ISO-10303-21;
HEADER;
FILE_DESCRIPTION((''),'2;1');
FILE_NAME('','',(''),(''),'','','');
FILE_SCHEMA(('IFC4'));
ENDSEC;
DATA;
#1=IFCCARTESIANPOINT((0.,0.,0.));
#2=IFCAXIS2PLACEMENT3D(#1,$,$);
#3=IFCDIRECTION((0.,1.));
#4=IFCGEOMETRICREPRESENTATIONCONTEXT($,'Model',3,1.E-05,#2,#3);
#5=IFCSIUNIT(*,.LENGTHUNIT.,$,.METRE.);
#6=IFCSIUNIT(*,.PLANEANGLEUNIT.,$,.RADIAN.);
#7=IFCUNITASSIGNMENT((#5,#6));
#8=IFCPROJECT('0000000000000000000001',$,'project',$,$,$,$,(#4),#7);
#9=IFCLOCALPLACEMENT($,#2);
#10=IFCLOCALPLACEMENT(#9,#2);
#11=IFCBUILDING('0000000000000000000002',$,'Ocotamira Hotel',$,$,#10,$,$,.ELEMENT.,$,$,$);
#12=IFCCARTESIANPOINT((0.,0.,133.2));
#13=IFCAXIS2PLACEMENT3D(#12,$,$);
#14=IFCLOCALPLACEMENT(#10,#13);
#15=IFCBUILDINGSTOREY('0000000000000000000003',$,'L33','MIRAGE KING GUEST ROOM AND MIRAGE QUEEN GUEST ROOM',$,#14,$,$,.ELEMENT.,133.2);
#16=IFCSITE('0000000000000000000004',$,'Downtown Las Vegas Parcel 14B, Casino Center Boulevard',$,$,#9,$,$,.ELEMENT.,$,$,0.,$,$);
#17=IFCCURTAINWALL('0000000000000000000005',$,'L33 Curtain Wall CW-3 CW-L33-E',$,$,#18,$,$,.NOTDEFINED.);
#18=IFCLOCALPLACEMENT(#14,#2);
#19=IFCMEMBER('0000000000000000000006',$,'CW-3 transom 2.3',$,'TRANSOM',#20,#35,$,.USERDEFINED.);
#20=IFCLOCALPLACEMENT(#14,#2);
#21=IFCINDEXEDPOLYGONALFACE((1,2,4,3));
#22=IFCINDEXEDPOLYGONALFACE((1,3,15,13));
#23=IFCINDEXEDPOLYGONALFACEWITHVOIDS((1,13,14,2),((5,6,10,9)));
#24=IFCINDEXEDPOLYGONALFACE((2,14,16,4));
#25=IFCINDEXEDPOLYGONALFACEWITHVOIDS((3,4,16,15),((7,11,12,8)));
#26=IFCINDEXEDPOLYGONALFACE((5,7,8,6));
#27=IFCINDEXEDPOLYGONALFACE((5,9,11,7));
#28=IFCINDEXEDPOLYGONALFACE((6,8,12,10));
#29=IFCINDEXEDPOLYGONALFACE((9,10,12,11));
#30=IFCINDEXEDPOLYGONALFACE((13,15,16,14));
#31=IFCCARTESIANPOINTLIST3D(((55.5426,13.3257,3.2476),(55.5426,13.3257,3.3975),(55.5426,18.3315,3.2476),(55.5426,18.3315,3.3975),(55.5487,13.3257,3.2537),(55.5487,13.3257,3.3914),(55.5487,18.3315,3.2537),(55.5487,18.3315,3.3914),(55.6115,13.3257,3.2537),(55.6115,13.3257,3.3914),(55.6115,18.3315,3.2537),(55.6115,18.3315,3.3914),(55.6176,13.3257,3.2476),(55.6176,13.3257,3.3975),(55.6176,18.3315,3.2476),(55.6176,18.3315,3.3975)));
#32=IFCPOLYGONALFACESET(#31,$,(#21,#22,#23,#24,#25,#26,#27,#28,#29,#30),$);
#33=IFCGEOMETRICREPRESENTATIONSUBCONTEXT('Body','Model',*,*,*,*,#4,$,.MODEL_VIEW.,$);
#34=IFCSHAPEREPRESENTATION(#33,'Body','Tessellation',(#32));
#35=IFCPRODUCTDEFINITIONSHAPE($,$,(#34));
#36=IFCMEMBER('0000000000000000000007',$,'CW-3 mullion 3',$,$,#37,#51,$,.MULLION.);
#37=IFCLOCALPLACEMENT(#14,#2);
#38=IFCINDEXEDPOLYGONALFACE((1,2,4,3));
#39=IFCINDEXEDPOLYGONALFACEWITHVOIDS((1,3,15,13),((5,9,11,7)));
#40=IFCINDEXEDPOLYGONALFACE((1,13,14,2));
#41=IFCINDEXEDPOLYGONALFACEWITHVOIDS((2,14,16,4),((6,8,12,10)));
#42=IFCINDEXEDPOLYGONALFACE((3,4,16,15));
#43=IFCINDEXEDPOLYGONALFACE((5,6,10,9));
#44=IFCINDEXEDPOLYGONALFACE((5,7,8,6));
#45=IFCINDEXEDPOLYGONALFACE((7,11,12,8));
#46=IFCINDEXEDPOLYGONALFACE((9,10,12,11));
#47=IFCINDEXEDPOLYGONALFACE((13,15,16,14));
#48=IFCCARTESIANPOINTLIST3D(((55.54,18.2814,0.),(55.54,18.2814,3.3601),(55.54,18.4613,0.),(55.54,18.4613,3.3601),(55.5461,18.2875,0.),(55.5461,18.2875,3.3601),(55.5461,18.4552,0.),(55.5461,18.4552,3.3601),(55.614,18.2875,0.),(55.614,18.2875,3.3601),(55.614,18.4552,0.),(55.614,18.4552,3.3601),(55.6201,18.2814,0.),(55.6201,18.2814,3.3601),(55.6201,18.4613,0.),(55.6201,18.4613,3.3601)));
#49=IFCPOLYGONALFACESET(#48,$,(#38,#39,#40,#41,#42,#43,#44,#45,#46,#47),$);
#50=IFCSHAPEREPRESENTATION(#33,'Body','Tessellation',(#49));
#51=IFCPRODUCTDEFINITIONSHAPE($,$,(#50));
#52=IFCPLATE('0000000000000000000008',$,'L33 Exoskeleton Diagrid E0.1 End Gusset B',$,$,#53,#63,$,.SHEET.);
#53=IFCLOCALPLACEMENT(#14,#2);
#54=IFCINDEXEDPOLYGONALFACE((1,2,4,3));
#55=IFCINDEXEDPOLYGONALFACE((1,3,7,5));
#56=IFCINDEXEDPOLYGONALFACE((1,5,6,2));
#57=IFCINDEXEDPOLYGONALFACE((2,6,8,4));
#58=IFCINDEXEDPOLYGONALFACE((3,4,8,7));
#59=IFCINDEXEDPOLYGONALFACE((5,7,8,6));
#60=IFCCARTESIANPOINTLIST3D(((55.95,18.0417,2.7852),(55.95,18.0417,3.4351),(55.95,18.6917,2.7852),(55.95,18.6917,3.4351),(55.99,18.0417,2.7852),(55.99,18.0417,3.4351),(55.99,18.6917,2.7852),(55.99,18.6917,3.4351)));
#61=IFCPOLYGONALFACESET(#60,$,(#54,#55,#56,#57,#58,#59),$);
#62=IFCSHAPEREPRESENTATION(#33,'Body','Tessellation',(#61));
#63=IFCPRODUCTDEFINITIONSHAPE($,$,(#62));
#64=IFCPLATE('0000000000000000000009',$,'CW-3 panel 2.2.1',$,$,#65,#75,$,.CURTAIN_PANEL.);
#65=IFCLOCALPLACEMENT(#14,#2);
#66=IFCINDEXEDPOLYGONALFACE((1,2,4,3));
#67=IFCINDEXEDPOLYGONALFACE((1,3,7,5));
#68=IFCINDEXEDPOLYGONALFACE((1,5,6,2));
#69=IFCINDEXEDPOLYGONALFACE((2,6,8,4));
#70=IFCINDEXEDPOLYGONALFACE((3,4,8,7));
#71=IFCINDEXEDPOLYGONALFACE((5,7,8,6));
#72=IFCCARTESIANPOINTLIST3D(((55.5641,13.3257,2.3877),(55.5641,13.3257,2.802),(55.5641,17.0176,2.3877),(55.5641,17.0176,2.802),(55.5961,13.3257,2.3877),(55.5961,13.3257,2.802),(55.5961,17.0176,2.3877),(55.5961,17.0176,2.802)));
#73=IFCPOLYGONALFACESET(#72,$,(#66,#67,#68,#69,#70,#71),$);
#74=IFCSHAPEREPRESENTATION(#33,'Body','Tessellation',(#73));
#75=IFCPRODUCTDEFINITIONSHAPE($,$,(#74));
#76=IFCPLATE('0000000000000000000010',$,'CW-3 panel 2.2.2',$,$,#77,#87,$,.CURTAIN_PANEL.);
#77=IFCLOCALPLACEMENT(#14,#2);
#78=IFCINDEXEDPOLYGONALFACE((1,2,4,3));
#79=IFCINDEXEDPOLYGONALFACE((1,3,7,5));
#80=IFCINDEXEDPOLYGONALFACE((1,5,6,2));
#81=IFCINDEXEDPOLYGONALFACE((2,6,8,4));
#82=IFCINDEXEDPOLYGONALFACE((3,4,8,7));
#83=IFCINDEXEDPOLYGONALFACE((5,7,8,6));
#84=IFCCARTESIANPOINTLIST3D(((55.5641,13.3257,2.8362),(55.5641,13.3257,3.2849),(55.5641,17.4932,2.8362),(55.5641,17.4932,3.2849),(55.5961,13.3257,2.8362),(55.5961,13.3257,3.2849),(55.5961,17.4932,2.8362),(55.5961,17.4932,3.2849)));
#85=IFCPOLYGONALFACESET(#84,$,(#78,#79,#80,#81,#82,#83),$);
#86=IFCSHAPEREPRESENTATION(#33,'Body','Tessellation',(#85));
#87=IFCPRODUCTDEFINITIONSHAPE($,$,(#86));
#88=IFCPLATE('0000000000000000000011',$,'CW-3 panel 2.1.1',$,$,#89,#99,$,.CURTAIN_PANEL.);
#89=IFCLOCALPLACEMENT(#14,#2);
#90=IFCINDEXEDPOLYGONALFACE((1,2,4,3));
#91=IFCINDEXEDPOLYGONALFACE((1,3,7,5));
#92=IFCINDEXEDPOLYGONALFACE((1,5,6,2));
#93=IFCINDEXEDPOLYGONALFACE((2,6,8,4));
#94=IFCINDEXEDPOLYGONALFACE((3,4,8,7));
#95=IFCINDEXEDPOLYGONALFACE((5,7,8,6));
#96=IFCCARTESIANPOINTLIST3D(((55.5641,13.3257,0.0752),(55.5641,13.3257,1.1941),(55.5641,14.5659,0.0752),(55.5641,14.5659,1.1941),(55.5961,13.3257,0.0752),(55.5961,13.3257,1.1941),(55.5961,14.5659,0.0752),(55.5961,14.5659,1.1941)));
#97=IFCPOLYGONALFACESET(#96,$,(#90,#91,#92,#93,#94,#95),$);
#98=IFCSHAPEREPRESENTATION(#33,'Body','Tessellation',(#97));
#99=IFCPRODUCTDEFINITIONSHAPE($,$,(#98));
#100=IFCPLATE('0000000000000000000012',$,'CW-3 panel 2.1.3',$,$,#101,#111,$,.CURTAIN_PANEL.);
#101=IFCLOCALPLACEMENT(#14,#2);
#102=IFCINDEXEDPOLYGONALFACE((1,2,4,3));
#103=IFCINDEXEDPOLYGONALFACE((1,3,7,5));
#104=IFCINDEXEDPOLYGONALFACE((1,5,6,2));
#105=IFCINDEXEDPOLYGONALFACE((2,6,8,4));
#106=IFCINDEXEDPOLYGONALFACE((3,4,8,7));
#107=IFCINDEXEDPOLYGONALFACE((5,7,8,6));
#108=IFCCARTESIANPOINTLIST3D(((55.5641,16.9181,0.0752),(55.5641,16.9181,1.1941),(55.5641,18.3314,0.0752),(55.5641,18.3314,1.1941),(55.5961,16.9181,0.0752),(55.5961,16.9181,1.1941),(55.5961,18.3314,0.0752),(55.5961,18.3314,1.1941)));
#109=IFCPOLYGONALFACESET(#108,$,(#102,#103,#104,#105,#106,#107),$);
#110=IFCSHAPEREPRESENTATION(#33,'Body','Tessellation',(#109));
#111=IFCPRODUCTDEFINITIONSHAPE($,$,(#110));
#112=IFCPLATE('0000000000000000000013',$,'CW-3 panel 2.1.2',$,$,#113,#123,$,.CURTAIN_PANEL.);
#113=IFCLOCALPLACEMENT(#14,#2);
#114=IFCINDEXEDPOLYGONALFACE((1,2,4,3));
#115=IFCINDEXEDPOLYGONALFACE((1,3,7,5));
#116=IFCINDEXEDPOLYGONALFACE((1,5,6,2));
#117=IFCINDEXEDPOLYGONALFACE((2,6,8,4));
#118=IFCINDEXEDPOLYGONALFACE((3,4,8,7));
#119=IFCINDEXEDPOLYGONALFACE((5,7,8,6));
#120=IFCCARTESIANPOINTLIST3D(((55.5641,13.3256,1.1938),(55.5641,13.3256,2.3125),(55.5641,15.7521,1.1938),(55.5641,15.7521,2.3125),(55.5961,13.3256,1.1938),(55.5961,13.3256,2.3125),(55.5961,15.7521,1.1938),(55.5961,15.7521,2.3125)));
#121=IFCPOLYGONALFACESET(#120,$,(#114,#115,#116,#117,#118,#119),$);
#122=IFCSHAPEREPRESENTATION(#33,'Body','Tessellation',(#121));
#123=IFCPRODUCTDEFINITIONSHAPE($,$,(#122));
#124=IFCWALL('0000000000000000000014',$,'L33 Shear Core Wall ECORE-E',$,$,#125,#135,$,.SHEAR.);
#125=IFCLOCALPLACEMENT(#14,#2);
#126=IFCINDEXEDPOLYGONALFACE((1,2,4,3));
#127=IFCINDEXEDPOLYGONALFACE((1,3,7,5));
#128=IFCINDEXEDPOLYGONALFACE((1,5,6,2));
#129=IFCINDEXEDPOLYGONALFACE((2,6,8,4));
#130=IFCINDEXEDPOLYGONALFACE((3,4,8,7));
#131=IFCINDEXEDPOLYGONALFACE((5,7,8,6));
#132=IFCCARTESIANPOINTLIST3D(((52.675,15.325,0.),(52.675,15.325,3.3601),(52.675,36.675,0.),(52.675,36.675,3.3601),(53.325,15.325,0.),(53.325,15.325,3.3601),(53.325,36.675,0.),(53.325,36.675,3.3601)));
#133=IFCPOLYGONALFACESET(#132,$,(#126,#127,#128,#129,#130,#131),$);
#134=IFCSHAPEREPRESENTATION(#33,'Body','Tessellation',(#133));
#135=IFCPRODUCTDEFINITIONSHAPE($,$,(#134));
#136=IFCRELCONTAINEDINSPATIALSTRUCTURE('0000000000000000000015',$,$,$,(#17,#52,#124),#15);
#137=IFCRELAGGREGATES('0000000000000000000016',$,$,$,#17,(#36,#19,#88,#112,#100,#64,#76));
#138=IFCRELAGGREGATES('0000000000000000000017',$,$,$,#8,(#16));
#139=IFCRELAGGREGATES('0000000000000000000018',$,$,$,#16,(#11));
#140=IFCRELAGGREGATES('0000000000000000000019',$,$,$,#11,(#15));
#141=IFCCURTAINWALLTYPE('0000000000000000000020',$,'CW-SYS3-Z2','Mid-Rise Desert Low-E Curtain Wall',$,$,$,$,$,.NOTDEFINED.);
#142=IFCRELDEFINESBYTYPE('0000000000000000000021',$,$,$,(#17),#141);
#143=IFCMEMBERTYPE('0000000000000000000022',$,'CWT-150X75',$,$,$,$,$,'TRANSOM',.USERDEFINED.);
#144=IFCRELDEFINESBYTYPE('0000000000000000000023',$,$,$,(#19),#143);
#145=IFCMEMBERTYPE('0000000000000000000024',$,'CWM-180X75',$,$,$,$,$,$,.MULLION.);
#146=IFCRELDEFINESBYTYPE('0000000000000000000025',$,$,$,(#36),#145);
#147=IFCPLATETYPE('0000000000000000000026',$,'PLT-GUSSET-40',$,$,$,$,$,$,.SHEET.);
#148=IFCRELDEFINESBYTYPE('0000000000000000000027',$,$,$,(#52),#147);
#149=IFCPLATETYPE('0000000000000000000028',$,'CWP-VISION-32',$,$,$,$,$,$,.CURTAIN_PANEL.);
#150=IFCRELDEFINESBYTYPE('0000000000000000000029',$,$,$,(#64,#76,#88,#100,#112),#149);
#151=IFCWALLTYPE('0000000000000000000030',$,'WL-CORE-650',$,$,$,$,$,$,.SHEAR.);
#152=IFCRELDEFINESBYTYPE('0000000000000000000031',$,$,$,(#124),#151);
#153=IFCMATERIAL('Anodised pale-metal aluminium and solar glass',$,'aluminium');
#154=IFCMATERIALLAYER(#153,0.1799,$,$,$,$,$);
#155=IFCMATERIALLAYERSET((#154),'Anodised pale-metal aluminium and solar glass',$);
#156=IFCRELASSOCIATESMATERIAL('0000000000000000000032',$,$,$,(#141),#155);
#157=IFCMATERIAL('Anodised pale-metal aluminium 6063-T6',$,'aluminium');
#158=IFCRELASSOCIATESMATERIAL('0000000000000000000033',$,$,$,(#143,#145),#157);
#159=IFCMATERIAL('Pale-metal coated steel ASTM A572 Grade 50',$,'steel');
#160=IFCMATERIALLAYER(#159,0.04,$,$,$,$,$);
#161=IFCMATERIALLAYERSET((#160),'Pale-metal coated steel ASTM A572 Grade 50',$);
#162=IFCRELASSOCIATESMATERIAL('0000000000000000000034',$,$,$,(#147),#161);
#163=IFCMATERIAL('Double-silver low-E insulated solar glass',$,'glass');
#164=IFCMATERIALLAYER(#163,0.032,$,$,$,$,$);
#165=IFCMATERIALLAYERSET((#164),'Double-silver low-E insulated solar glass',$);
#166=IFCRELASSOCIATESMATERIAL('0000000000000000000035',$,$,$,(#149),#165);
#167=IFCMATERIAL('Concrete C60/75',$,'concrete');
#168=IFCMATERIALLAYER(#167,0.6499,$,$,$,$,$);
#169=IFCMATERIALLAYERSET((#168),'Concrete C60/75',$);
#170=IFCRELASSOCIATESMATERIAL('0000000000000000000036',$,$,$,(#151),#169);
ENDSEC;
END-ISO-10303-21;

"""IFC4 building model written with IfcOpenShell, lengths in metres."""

from ifc_helpers import new_model, si_unit, direction, frame, frame_2d, origin, origin_2d, place, context, subcontext, project, spatial, rectangle, hollow_rectangle, extrude, source, transform, mapped, material, layer, layer_set, material_profile, profile_set, type_object, element, aggregate, save


model = new_model("IFC4")

# Units and contexts
model_context = context("Model", 3, precision=1e-05, world=origin(), true_north=direction((0.0, 1.0)))
body_context = subcontext(model_context, "Body", "Model", "MODEL_VIEW")
ifc_project = project(units=[si_unit("LENGTHUNIT", "METRE"), si_unit("PLANEANGLEUNIT", "RADIAN")], contexts=[model_context])

# Site, building, storey
site_placement = place(None, origin())
site = spatial("IfcSite", under=ifc_project, at=site_placement, Name="Downtown Las Vegas Parcel 14B, Casino Center Boulevard", CompositionType="ELEMENT", RefElevation=0.0)
building_placement = place(site_placement, origin())
building = spatial("IfcBuilding", under=site, at=building_placement, Name="Ocotamira Hotel", CompositionType="ELEMENT")
storey_placement = place(building_placement, frame((0.0, 0.0, 133.2)))
storey = spatial("IfcBuildingStorey", under=building, at=storey_placement, Name="L33", Description="MIRAGE KING GUEST ROOM AND MIRAGE QUEEN GUEST ROOM", CompositionType="ELEMENT", Elevation=133.2)

# Curtain wall, members
ifc_material_1 = material(Name="Anodised pale-metal aluminium and solar glass", Category="aluminium")
ifc_layer_1 = layer(ifc_material_1, 0.1799)
ifc_layer_set_1 = layer_set([ifc_layer_1], Name="Anodised pale-metal aluminium and solar glass")
curtain_wall_type = type_object("IfcCurtainWallType", Name="CW-SYS3-Z2", Description="Mid-Rise Desert Low-E Curtain Wall", PredefinedType="NOTDEFINED", material=ifc_layer_set_1)
curtain_wall_placement = place(storey_placement, origin())
curtain_wall = element("IfcCurtainWall", 1, at=curtain_wall_placement, inside=storey, type_object=curtain_wall_type, Name="L33 Curtain Wall CW-3 CW-L33-E", PredefinedType="NOTDEFINED")
ifc_material_2 = material(Name="Anodised pale-metal aluminium 6063-T6", Category="aluminium")
ifc_material_profile_1 = material_profile(ifc_material_2, hollow_rectangle(XDim=0.075, YDim=0.1499, WallThickness=0.0061, at=origin_2d()), Name="HSS150X75X6")
ifc_profile_set_1 = profile_set([ifc_material_profile_1], Name="Anodised pale-metal aluminium 6063-T6")
member_type_1 = type_object("IfcMemberType", Name="CWT-150X75", ElementType="TRANSOM", PredefinedType="USERDEFINED", material=ifc_profile_set_1)
shared_shape_1 = source(origin(), body_context, "Body", "SweptSolid", [
    extrude(hollow_rectangle(XDim=0.075, YDim=0.1499, WallThickness=0.0061, at=origin_2d()), origin(), (0.0, 0.0, 1.0), 5.0059),
])
member_1_placement = place(storey_placement, frame((55.5801, 13.3257, 3.3225), z_axis=(0.0, 1.0, 0.0), x_axis=(-1.0, 0.0, 0.0)))
member_1 = element("IfcMember", 2, at=member_1_placement, type_object=member_type_1, Name="CW-3 transom 2.3", ObjectType="TRANSOM", PredefinedType="USERDEFINED", context=body_context, shape_type="MappedRepresentation", body=[
    mapped(shared_shape_1, transform((0.0, 0.0, 0.0), scale=1.0)),
])
ifc_material_profile_2 = material_profile(ifc_material_2, hollow_rectangle(XDim=0.0801, YDim=0.1799, WallThickness=0.0061, at=origin_2d()), Name="HSS180X80X6")
ifc_profile_set_2 = profile_set([ifc_material_profile_2], Name="Anodised pale-metal aluminium 6063-T6")
member_type_2 = type_object("IfcMemberType", Name="CWM-180X75", PredefinedType="MULLION", material=ifc_profile_set_2)
shared_shape_2 = source(origin(), body_context, "Body", "SweptSolid", [
    extrude(hollow_rectangle(XDim=0.0801, YDim=0.1799, WallThickness=0.0061, at=origin_2d()), origin(), (0.0, 0.0, 1.0), 3.3601),
])
member_2_placement = place(storey_placement, frame((55.5801, 18.3713, 0.0), z_axis=(0.0, 0.0, 1.0), x_axis=(-1.0, 0.0, 0.0)))
member_2 = element("IfcMember", 3, at=member_2_placement, type_object=member_type_2, Name="CW-3 mullion 3", PredefinedType="MULLION", context=body_context, shape_type="MappedRepresentation", body=[
    mapped(shared_shape_2, transform((0.0, 0.0, 0.0), scale=1.0)),
])

# Plates
ifc_material_3 = material(Name="Pale-metal coated steel ASTM A572 Grade 50", Category="steel")
ifc_layer_2 = layer(ifc_material_3, 0.04)
ifc_layer_set_2 = layer_set([ifc_layer_2], Name="Pale-metal coated steel ASTM A572 Grade 50")
plate_type_1 = type_object("IfcPlateType", Name="PLT-GUSSET-40", PredefinedType="SHEET", material=ifc_layer_set_2)
shared_shape_3 = source(origin(), body_context, "Body", "SweptSolid", [
    extrude(rectangle(XDim=0.04, YDim=0.6499, at=origin_2d()), origin(), (0.0, 0.0, 1.0), 0.6499),
])
plate_1_placement = place(storey_placement, frame((55.97, 18.3667, 2.7852), z_axis=(0.0, 0.0, 1.0), x_axis=(1.0, 0.0, 0.0)))
element("IfcPlate", 4, at=plate_1_placement, inside=storey, type_object=plate_type_1, Name="L33 Exoskeleton Diagrid E0.1 End Gusset B", PredefinedType="SHEET", context=body_context, shape_type="MappedRepresentation", body=[
    mapped(shared_shape_3, transform((0.0, 0.0, 0.0), scale=1.0)),
])
ifc_material_4 = material(Name="Double-silver low-E insulated solar glass", Category="glass")
ifc_layer_3 = layer(ifc_material_4, 0.032)
ifc_layer_set_3 = layer_set([ifc_layer_3], Name="Double-silver low-E insulated solar glass")
plate_type_2 = type_object("IfcPlateType", Name="CWP-VISION-32", PredefinedType="CURTAIN_PANEL", material=ifc_layer_set_3)
shared_shape_4 = source(origin(), body_context, "Body", "SweptSolid", [
    extrude(rectangle(XDim=3.6919, YDim=0.032, at=origin_2d()), origin(), (0.0, 0.0, 1.0), 0.4143),
])
plate_2_placement = place(storey_placement, frame((55.5801, 15.1716, 2.3877), z_axis=(0.0, 0.0, 1.0), x_axis=(0.0, 1.0, 0.0)))
plate_2 = element("IfcPlate", 5, at=plate_2_placement, type_object=plate_type_2, Name="CW-3 panel 2.2.1", PredefinedType="CURTAIN_PANEL", context=body_context, shape_type="MappedRepresentation", body=[
    mapped(shared_shape_4, transform((0.0, 0.0, 0.0), scale=1.0)),
])
shared_shape_5 = source(origin(), body_context, "Body", "SweptSolid", [
    extrude(rectangle(XDim=4.1675, YDim=0.032, at=origin_2d()), origin(), (0.0, 0.0, 1.0), 0.4487),
])
plate_3_placement = place(storey_placement, frame((55.5801, 15.4094, 2.8362), z_axis=(0.0, 0.0, 1.0), x_axis=(0.0, 1.0, 0.0)))
plate_3 = element("IfcPlate", 6, at=plate_3_placement, type_object=plate_type_2, Name="CW-3 panel 2.2.2", PredefinedType="CURTAIN_PANEL", context=body_context, shape_type="MappedRepresentation", body=[
    mapped(shared_shape_5, transform((0.0, 0.0, 0.0), scale=1.0)),
])
shared_shape_6 = source(origin(), body_context, "Body", "SweptSolid", [
    extrude(rectangle(XDim=1.2402, YDim=0.032, at=origin_2d()), origin(), (0.0, 0.0, 1.0), 1.1189),
])
plate_4_placement = place(storey_placement, frame((55.5801, 13.9458, 0.0752), z_axis=(0.0, 0.0, 1.0), x_axis=(0.0, 1.0, 0.0)))
plate_4 = element("IfcPlate", 7, at=plate_4_placement, type_object=plate_type_2, Name="CW-3 panel 2.1.1", PredefinedType="CURTAIN_PANEL", context=body_context, shape_type="MappedRepresentation", body=[
    mapped(shared_shape_6, transform((0.0, 0.0, 0.0), scale=1.0)),
])
shared_shape_7 = source(origin(), body_context, "Body", "SweptSolid", [
    extrude(rectangle(XDim=1.4133, YDim=0.032, at=origin_2d()), origin(), (0.0, 0.0, 1.0), 1.1189),
])
plate_5_placement = place(storey_placement, frame((55.5801, 17.6248, 0.0752), z_axis=(0.0, 0.0, 1.0), x_axis=(0.0, 1.0, 0.0)))
plate_5 = element("IfcPlate", 8, at=plate_5_placement, type_object=plate_type_2, Name="CW-3 panel 2.1.3", PredefinedType="CURTAIN_PANEL", context=body_context, shape_type="MappedRepresentation", body=[
    mapped(shared_shape_7, transform((0.0, 0.0, 0.0), scale=1.0)),
])
shared_shape_8 = source(origin(), body_context, "Body", "SweptSolid", [
    extrude(rectangle(XDim=2.4265, YDim=0.032, at=origin_2d()), origin(), (0.0, 0.0, 1.0), 1.1187),
])
plate_6_placement = place(storey_placement, frame((55.5801, 14.5388, 1.1938), z_axis=(0.0, 0.0, 1.0), x_axis=(0.0, 1.0, 0.0)))
plate_6 = element("IfcPlate", 9, at=plate_6_placement, type_object=plate_type_2, Name="CW-3 panel 2.1.2", PredefinedType="CURTAIN_PANEL", context=body_context, shape_type="MappedRepresentation", body=[
    mapped(shared_shape_8, transform((0.0, 0.0, 0.0), scale=1.0)),
])
aggregate(curtain_wall, [member_2, member_1, plate_4, plate_6, plate_5, plate_2, plate_3])

# Wall
ifc_material_5 = material(Name="Concrete C60/75", Category="concrete")
ifc_layer_4 = layer(ifc_material_5, 0.6499)
ifc_layer_set_4 = layer_set([ifc_layer_4], Name="Concrete C60/75")
wall_type_1 = type_object("IfcWallType", Name="WL-CORE-650", PredefinedType="SHEAR", material=ifc_layer_set_4)
wall_1_placement = place(storey_placement, frame((53.0, 15.325, 0.0), z_axis=(0.0, 0.0, 1.0), x_axis=(0.0, 1.0, 0.0)))
element("IfcWall", 10, at=wall_1_placement, inside=storey, type_object=wall_type_1, Name="L33 Shear Core Wall ECORE-E", PredefinedType="SHEAR", context=body_context, shape_type="SweptSolid", body=[
    extrude(rectangle(XDim=21.3501, YDim=0.6499, at=frame_2d((10.675, 0.0))), origin(), (0.0, 0.0, 1.0), 3.3601),
])

save(model, "model.ifc")
